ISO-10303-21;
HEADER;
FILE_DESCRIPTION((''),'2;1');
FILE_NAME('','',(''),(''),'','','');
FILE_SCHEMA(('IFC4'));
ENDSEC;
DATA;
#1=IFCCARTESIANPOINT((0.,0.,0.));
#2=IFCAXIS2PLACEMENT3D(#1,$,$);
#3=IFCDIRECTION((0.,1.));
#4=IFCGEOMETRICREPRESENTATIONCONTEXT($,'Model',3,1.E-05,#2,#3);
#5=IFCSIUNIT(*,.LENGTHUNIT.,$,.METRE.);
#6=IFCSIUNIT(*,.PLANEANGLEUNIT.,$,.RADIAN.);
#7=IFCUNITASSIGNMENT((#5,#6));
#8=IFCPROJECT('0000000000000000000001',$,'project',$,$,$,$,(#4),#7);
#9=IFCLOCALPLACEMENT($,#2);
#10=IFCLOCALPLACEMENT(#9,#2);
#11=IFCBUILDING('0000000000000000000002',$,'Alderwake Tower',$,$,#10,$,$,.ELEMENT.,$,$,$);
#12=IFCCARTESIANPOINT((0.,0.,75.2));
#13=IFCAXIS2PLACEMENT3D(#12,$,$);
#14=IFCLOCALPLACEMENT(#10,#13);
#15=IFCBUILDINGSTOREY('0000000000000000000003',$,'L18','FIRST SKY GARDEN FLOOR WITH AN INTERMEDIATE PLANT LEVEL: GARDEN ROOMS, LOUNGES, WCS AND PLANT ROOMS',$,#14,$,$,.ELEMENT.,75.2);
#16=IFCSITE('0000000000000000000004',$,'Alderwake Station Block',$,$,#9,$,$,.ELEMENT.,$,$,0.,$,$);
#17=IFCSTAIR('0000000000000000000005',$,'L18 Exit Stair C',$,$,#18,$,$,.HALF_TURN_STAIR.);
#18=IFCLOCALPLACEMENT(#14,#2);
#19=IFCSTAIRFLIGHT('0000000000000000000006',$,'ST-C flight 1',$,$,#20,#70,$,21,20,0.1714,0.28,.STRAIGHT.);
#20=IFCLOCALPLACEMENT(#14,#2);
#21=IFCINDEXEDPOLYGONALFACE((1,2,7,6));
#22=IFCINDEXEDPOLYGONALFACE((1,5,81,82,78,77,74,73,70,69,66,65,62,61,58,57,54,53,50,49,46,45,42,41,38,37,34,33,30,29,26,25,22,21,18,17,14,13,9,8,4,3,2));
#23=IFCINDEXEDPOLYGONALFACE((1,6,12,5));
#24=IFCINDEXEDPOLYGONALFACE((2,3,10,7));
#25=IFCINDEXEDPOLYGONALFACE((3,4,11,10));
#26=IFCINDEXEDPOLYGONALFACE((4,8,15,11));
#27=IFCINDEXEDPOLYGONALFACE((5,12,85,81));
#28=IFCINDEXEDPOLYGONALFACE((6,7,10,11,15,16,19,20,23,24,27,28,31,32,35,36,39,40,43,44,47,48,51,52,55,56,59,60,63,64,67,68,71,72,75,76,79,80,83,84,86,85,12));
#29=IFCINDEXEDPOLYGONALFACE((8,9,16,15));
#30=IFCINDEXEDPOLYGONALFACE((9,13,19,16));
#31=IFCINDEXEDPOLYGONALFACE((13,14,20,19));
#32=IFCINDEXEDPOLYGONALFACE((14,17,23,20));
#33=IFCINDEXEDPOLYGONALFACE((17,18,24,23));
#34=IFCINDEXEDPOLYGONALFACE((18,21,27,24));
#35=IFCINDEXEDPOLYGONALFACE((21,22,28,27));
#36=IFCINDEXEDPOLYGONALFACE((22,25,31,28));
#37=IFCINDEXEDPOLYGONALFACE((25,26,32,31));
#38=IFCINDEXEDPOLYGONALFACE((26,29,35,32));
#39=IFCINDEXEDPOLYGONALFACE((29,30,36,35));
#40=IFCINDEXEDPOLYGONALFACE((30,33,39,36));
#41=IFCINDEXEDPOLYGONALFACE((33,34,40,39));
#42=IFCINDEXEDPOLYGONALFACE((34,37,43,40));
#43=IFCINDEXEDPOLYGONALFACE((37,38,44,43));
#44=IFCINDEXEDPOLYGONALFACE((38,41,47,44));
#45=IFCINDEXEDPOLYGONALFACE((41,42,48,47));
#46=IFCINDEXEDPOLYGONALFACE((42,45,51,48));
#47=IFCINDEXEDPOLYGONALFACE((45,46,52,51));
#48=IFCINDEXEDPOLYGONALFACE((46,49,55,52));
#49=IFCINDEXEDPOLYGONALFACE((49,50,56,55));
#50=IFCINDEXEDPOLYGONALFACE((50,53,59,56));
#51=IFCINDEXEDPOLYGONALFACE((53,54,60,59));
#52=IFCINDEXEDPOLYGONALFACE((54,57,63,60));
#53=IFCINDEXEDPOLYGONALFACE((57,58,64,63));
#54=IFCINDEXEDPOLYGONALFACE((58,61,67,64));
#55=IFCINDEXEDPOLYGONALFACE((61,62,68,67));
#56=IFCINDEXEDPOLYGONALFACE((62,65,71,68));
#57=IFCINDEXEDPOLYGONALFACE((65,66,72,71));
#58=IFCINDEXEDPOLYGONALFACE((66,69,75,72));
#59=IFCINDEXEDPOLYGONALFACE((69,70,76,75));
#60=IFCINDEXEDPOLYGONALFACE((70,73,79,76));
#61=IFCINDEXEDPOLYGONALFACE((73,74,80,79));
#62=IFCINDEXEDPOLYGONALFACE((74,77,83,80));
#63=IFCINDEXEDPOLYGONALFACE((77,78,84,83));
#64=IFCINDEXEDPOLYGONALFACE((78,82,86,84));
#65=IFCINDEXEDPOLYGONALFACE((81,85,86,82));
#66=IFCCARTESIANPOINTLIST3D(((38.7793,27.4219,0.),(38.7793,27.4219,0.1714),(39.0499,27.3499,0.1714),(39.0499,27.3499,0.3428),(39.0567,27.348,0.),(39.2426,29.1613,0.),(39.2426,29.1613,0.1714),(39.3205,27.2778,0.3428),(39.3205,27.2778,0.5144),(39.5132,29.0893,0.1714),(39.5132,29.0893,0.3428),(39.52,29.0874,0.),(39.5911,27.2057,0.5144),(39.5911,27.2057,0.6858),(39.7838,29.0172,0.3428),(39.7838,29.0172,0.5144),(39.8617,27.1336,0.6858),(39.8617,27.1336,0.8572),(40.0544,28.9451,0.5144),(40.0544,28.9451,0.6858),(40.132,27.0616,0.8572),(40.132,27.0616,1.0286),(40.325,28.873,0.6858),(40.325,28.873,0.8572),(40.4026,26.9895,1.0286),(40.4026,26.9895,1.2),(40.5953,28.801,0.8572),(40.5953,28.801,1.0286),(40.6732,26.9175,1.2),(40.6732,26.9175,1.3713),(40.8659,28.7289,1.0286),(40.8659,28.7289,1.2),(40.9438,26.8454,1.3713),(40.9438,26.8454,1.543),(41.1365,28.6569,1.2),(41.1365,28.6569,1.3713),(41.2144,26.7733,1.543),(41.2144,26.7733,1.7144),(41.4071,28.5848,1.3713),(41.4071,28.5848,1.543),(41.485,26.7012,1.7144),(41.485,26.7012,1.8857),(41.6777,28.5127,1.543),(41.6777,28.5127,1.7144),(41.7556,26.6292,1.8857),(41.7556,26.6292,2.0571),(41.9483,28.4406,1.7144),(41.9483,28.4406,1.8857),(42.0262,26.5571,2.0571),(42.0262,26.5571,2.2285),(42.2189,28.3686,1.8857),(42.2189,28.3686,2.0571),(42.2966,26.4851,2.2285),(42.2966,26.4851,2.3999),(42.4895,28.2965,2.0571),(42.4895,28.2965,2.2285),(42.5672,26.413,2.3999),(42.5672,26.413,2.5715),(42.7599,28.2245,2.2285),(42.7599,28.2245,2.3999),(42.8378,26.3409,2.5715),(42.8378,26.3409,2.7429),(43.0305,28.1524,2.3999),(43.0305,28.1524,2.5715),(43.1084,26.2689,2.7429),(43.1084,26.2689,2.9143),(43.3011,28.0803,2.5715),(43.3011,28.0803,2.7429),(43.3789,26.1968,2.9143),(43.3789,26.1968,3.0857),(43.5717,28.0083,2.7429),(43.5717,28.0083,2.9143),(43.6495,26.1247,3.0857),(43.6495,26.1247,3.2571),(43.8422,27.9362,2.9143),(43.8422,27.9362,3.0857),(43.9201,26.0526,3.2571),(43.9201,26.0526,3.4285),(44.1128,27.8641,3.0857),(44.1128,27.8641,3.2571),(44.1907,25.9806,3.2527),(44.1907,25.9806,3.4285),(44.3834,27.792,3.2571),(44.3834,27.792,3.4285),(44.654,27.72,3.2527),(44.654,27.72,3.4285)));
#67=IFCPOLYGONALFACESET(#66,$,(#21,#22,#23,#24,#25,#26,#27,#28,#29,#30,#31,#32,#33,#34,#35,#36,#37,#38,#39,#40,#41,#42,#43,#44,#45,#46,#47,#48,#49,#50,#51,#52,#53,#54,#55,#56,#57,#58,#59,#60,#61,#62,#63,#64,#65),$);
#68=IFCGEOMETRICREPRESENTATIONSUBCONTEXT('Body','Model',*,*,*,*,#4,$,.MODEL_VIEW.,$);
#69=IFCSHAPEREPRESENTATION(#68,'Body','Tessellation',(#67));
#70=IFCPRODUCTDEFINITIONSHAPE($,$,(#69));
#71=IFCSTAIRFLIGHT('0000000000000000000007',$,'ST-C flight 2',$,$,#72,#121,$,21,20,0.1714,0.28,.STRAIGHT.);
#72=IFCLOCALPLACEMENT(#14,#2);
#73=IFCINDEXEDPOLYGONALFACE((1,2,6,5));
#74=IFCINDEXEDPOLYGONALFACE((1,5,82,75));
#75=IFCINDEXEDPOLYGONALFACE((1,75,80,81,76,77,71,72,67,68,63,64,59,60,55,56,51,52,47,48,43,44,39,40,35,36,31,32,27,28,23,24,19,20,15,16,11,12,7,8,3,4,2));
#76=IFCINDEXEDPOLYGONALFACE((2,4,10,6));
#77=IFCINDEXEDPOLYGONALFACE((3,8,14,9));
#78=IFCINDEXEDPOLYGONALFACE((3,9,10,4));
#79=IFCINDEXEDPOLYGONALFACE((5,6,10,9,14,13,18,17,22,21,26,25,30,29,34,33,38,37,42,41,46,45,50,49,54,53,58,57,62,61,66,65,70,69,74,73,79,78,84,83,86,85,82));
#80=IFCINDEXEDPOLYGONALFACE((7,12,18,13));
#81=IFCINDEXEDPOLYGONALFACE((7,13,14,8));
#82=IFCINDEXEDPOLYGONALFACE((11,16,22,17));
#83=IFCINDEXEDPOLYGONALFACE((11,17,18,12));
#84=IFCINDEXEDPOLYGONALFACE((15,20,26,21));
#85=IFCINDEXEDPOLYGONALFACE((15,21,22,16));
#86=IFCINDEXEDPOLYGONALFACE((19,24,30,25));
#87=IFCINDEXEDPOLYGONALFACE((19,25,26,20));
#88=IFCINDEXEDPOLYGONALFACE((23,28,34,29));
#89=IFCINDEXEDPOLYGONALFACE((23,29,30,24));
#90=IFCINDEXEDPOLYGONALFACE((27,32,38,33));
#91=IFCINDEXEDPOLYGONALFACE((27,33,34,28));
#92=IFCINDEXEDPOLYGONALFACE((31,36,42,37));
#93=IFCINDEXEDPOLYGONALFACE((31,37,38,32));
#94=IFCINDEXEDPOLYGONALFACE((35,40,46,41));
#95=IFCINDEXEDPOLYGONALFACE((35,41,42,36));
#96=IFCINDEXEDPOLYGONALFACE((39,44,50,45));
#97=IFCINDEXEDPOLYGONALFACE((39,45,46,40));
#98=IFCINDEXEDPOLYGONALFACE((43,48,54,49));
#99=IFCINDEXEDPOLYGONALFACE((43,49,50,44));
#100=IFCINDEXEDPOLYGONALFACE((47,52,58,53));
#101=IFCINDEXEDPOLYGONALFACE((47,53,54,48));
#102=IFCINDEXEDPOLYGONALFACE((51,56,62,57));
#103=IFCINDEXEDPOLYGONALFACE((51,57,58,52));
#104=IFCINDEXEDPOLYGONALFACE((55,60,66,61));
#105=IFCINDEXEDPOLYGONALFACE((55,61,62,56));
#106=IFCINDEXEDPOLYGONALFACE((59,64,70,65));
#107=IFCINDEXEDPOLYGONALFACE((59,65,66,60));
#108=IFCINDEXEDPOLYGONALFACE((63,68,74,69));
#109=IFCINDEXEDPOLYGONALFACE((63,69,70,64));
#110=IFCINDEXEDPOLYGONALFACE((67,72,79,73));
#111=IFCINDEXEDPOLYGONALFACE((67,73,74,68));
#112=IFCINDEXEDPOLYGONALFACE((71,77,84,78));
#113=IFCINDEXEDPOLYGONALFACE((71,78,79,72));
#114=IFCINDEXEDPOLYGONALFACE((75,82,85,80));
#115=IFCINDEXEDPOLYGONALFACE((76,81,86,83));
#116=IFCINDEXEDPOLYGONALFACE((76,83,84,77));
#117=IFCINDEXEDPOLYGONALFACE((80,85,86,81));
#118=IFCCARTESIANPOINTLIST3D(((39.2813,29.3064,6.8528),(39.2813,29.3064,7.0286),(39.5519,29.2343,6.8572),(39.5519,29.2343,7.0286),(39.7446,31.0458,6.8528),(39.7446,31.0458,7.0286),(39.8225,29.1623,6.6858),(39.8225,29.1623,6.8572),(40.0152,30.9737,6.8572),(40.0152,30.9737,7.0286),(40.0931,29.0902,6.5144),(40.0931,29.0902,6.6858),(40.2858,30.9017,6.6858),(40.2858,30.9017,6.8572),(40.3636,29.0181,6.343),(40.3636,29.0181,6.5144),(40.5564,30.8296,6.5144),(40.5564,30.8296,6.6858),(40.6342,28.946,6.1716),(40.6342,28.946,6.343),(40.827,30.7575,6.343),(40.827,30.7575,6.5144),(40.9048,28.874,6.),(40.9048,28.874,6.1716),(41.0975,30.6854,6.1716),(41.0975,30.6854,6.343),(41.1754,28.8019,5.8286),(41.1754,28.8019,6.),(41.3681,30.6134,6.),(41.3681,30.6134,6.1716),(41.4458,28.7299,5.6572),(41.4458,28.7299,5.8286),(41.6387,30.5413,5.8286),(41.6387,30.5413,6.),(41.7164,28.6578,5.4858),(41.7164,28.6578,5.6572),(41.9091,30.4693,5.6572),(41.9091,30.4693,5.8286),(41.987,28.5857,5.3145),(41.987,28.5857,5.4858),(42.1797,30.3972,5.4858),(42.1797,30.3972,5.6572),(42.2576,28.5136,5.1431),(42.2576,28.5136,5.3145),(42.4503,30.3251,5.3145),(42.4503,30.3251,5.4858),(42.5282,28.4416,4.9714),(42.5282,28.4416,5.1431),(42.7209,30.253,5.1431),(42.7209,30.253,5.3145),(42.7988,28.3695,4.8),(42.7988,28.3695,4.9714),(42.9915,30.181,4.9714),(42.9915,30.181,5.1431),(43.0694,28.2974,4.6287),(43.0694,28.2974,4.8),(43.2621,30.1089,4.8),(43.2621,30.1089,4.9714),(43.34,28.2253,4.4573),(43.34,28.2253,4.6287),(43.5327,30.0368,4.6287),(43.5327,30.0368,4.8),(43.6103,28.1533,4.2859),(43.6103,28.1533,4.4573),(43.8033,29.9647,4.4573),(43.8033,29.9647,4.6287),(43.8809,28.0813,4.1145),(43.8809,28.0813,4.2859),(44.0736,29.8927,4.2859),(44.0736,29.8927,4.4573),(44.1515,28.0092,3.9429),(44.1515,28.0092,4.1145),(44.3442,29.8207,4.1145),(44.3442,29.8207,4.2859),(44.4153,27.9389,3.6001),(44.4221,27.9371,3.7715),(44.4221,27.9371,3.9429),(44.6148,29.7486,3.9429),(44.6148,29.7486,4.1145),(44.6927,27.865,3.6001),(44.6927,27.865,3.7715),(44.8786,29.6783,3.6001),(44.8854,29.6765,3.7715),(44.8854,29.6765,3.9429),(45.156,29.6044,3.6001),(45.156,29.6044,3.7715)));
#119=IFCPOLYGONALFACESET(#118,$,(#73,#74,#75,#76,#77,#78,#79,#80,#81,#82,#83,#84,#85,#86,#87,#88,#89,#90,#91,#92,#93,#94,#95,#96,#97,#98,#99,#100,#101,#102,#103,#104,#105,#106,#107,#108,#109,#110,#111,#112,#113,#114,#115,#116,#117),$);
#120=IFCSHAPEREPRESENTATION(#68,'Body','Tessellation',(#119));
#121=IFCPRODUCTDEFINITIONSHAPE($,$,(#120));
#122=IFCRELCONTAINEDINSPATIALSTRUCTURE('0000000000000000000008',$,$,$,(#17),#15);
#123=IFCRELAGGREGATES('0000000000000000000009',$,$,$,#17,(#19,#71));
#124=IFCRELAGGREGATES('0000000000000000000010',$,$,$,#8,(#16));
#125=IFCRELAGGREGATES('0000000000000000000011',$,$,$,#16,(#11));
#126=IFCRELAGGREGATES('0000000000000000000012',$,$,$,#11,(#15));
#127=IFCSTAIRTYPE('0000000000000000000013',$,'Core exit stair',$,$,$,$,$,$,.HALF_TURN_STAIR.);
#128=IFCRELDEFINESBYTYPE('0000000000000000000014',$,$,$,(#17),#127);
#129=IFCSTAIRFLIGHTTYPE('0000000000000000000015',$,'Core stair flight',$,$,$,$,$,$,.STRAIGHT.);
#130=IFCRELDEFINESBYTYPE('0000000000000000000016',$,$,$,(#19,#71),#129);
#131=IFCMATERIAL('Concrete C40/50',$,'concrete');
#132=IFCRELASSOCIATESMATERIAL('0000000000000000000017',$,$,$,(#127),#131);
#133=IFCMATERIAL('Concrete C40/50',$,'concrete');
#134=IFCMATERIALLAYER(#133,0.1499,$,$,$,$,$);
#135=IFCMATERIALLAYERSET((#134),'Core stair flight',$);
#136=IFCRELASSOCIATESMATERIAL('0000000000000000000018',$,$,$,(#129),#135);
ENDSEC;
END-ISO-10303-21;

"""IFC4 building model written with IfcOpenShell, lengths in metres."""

from ifc_helpers import new_model, si_unit, direction, frame, origin, place, context, subcontext, project, spatial, polyline, outline, extrude, material, layer, layer_set, type_object, element, aggregate, save


model = new_model("IFC4")

# Units and contexts
model_context = context("Model", 3, precision=1e-05, world=origin(), true_north=direction((0.0, 1.0)))
body_context = subcontext(model_context, "Body", "Model", "MODEL_VIEW")
ifc_project = project(units=[si_unit("LENGTHUNIT", "METRE"), si_unit("PLANEANGLEUNIT", "RADIAN")], contexts=[model_context])

# Site, building, storey
site_placement = place(None, origin())
site = spatial("IfcSite", under=ifc_project, at=site_placement, Name="Alderwake Station Block", CompositionType="ELEMENT", RefElevation=0.0)
building_placement = place(site_placement, origin())
building = spatial("IfcBuilding", under=site, at=building_placement, Name="Alderwake Tower", CompositionType="ELEMENT")
storey_placement = place(building_placement, frame((0.0, 0.0, 75.2)))
storey = spatial("IfcBuildingStorey", under=building, at=storey_placement, Name="L18", Description="FIRST SKY GARDEN FLOOR WITH AN INTERMEDIATE PLANT LEVEL: GARDEN ROOMS, LOUNGES, WCS AND PLANT ROOMS", CompositionType="ELEMENT", Elevation=75.2)

# Stair, stair flights
ifc_material_1 = material(Name="Concrete C40/50", Category="concrete")
stair_type = type_object("IfcStairType", Name="Core exit stair", PredefinedType="HALF_TURN_STAIR", material=ifc_material_1)
stair_placement = place(storey_placement, origin())
stair = element("IfcStair", 1, at=stair_placement, inside=storey, type_object=stair_type, Name="L18 Exit Stair C", PredefinedType="HALF_TURN_STAIR")
ifc_material_2 = material(Name="Concrete C40/50", Category="concrete")
ifc_layer_1 = layer(ifc_material_2, 0.1499)
ifc_layer_set_1 = layer_set([ifc_layer_1], Name="Core stair flight")
stair_flight_type = type_object("IfcStairFlightType", Name="Core stair flight", PredefinedType="STRAIGHT", material=ifc_layer_set_1)
stair_flight_1_placement = place(storey_placement, frame((39.011, 28.2917, 0.0), z_axis=(0.0, 0.0, 1.0), x_axis=(0.96631, -0.257382, 0.0)))
stair_flight_1 = element("IfcStairFlight", 2, at=stair_flight_1_placement, type_object=stair_flight_type, Name="ST-C flight 1", NumberOfRisers=21, NumberOfTreads=20, PredefinedType="STRAIGHT", RiserHeight=0.1714, TreadLength=0.28, context=body_context, shape_type="SweptSolid", body=[
    extrude(outline(polyline([(0.0, 0.0), (0.0, 0.1714), (0.28, 0.1714), (0.28, 0.3428), (0.5601, 0.3428), (0.5601, 0.5144), (0.8401, 0.5144), (0.8401, 0.6858), (1.1201, 0.6858), (1.1201, 0.8572), (1.3999, 0.8572), (1.3999, 1.0286), (1.6799, 1.0286), (1.6799, 1.2), (1.96, 1.2), (1.96, 1.3713), (2.24, 1.3713), (2.24, 1.543), (2.52, 1.543), (2.52, 1.7144), (2.8, 1.7144), (2.8, 1.8857), (3.0801, 1.8857), (3.0801, 2.0571), (3.3601, 2.0571), (3.3601, 2.2285), (3.6399, 2.2285), (3.6399, 2.3999), (3.9199, 2.3999), (3.9199, 2.5715), (4.2, 2.5715), (4.2, 2.7429), (4.48, 2.7429), (4.48, 2.9143), (4.76, 2.9143), (4.76, 3.0857), (5.04, 3.0857), (5.04, 3.2571), (5.3201, 3.2571), (5.3201, 3.4285), (5.6001, 3.4285), (5.6001, 3.6001), (5.6001, 3.2527), (0.2871, 0.0), (0.0, 0.0)])), frame((0.0, 0.8999, 0.0), z_axis=(0.0, -1.0, 0.0), x_axis=(1.0, 0.0, 0.0)), (0.0, 0.0, 1.0), 1.8),
])
stair_flight_2_placement = place(storey_placement, frame((44.9243, 28.7346, 3.6001), z_axis=(0.0, 0.0, 1.0), x_axis=(-0.96631, 0.257382, 0.0)))
stair_flight_2 = element("IfcStairFlight", 3, at=stair_flight_2_placement, type_object=stair_flight_type, Name="ST-C flight 2", NumberOfRisers=21, NumberOfTreads=20, PredefinedType="STRAIGHT", RiserHeight=0.1714, TreadLength=0.28, context=body_context, shape_type="SweptSolid", body=[
    extrude(outline(polyline([(0.0, 0.0), (0.0, 0.1714), (0.28, 0.1714), (0.28, 0.3428), (0.5601, 0.3428), (0.5601, 0.5144), (0.8401, 0.5144), (0.8401, 0.6858), (1.1201, 0.6858), (1.1201, 0.8572), (1.3999, 0.8572), (1.3999, 1.0286), (1.6799, 1.0286), (1.6799, 1.2), (1.96, 1.2), (1.96, 1.3713), (2.24, 1.3713), (2.24, 1.543), (2.52, 1.543), (2.52, 1.7144), (2.8, 1.7144), (2.8, 1.8857), (3.0801, 1.8857), (3.0801, 2.0571), (3.3601, 2.0571), (3.3601, 2.2285), (3.6399, 2.2285), (3.6399, 2.3999), (3.9199, 2.3999), (3.9199, 2.5715), (4.2, 2.5715), (4.2, 2.7429), (4.48, 2.7429), (4.48, 2.9143), (4.76, 2.9143), (4.76, 3.0857), (5.04, 3.0857), (5.04, 3.2571), (5.3201, 3.2571), (5.3201, 3.4285), (5.6001, 3.4285), (5.6001, 3.6001), (5.6001, 3.2527), (0.2871, 0.0), (0.0, 0.0)])), frame((0.0, 0.8999, 0.0), z_axis=(0.0, -1.0, 0.0), x_axis=(1.0, 0.0, 0.0)), (0.0, 0.0, 1.0), 1.8),
])
aggregate(stair, [stair_flight_1, stair_flight_2])

save(model, "model.ifc")
